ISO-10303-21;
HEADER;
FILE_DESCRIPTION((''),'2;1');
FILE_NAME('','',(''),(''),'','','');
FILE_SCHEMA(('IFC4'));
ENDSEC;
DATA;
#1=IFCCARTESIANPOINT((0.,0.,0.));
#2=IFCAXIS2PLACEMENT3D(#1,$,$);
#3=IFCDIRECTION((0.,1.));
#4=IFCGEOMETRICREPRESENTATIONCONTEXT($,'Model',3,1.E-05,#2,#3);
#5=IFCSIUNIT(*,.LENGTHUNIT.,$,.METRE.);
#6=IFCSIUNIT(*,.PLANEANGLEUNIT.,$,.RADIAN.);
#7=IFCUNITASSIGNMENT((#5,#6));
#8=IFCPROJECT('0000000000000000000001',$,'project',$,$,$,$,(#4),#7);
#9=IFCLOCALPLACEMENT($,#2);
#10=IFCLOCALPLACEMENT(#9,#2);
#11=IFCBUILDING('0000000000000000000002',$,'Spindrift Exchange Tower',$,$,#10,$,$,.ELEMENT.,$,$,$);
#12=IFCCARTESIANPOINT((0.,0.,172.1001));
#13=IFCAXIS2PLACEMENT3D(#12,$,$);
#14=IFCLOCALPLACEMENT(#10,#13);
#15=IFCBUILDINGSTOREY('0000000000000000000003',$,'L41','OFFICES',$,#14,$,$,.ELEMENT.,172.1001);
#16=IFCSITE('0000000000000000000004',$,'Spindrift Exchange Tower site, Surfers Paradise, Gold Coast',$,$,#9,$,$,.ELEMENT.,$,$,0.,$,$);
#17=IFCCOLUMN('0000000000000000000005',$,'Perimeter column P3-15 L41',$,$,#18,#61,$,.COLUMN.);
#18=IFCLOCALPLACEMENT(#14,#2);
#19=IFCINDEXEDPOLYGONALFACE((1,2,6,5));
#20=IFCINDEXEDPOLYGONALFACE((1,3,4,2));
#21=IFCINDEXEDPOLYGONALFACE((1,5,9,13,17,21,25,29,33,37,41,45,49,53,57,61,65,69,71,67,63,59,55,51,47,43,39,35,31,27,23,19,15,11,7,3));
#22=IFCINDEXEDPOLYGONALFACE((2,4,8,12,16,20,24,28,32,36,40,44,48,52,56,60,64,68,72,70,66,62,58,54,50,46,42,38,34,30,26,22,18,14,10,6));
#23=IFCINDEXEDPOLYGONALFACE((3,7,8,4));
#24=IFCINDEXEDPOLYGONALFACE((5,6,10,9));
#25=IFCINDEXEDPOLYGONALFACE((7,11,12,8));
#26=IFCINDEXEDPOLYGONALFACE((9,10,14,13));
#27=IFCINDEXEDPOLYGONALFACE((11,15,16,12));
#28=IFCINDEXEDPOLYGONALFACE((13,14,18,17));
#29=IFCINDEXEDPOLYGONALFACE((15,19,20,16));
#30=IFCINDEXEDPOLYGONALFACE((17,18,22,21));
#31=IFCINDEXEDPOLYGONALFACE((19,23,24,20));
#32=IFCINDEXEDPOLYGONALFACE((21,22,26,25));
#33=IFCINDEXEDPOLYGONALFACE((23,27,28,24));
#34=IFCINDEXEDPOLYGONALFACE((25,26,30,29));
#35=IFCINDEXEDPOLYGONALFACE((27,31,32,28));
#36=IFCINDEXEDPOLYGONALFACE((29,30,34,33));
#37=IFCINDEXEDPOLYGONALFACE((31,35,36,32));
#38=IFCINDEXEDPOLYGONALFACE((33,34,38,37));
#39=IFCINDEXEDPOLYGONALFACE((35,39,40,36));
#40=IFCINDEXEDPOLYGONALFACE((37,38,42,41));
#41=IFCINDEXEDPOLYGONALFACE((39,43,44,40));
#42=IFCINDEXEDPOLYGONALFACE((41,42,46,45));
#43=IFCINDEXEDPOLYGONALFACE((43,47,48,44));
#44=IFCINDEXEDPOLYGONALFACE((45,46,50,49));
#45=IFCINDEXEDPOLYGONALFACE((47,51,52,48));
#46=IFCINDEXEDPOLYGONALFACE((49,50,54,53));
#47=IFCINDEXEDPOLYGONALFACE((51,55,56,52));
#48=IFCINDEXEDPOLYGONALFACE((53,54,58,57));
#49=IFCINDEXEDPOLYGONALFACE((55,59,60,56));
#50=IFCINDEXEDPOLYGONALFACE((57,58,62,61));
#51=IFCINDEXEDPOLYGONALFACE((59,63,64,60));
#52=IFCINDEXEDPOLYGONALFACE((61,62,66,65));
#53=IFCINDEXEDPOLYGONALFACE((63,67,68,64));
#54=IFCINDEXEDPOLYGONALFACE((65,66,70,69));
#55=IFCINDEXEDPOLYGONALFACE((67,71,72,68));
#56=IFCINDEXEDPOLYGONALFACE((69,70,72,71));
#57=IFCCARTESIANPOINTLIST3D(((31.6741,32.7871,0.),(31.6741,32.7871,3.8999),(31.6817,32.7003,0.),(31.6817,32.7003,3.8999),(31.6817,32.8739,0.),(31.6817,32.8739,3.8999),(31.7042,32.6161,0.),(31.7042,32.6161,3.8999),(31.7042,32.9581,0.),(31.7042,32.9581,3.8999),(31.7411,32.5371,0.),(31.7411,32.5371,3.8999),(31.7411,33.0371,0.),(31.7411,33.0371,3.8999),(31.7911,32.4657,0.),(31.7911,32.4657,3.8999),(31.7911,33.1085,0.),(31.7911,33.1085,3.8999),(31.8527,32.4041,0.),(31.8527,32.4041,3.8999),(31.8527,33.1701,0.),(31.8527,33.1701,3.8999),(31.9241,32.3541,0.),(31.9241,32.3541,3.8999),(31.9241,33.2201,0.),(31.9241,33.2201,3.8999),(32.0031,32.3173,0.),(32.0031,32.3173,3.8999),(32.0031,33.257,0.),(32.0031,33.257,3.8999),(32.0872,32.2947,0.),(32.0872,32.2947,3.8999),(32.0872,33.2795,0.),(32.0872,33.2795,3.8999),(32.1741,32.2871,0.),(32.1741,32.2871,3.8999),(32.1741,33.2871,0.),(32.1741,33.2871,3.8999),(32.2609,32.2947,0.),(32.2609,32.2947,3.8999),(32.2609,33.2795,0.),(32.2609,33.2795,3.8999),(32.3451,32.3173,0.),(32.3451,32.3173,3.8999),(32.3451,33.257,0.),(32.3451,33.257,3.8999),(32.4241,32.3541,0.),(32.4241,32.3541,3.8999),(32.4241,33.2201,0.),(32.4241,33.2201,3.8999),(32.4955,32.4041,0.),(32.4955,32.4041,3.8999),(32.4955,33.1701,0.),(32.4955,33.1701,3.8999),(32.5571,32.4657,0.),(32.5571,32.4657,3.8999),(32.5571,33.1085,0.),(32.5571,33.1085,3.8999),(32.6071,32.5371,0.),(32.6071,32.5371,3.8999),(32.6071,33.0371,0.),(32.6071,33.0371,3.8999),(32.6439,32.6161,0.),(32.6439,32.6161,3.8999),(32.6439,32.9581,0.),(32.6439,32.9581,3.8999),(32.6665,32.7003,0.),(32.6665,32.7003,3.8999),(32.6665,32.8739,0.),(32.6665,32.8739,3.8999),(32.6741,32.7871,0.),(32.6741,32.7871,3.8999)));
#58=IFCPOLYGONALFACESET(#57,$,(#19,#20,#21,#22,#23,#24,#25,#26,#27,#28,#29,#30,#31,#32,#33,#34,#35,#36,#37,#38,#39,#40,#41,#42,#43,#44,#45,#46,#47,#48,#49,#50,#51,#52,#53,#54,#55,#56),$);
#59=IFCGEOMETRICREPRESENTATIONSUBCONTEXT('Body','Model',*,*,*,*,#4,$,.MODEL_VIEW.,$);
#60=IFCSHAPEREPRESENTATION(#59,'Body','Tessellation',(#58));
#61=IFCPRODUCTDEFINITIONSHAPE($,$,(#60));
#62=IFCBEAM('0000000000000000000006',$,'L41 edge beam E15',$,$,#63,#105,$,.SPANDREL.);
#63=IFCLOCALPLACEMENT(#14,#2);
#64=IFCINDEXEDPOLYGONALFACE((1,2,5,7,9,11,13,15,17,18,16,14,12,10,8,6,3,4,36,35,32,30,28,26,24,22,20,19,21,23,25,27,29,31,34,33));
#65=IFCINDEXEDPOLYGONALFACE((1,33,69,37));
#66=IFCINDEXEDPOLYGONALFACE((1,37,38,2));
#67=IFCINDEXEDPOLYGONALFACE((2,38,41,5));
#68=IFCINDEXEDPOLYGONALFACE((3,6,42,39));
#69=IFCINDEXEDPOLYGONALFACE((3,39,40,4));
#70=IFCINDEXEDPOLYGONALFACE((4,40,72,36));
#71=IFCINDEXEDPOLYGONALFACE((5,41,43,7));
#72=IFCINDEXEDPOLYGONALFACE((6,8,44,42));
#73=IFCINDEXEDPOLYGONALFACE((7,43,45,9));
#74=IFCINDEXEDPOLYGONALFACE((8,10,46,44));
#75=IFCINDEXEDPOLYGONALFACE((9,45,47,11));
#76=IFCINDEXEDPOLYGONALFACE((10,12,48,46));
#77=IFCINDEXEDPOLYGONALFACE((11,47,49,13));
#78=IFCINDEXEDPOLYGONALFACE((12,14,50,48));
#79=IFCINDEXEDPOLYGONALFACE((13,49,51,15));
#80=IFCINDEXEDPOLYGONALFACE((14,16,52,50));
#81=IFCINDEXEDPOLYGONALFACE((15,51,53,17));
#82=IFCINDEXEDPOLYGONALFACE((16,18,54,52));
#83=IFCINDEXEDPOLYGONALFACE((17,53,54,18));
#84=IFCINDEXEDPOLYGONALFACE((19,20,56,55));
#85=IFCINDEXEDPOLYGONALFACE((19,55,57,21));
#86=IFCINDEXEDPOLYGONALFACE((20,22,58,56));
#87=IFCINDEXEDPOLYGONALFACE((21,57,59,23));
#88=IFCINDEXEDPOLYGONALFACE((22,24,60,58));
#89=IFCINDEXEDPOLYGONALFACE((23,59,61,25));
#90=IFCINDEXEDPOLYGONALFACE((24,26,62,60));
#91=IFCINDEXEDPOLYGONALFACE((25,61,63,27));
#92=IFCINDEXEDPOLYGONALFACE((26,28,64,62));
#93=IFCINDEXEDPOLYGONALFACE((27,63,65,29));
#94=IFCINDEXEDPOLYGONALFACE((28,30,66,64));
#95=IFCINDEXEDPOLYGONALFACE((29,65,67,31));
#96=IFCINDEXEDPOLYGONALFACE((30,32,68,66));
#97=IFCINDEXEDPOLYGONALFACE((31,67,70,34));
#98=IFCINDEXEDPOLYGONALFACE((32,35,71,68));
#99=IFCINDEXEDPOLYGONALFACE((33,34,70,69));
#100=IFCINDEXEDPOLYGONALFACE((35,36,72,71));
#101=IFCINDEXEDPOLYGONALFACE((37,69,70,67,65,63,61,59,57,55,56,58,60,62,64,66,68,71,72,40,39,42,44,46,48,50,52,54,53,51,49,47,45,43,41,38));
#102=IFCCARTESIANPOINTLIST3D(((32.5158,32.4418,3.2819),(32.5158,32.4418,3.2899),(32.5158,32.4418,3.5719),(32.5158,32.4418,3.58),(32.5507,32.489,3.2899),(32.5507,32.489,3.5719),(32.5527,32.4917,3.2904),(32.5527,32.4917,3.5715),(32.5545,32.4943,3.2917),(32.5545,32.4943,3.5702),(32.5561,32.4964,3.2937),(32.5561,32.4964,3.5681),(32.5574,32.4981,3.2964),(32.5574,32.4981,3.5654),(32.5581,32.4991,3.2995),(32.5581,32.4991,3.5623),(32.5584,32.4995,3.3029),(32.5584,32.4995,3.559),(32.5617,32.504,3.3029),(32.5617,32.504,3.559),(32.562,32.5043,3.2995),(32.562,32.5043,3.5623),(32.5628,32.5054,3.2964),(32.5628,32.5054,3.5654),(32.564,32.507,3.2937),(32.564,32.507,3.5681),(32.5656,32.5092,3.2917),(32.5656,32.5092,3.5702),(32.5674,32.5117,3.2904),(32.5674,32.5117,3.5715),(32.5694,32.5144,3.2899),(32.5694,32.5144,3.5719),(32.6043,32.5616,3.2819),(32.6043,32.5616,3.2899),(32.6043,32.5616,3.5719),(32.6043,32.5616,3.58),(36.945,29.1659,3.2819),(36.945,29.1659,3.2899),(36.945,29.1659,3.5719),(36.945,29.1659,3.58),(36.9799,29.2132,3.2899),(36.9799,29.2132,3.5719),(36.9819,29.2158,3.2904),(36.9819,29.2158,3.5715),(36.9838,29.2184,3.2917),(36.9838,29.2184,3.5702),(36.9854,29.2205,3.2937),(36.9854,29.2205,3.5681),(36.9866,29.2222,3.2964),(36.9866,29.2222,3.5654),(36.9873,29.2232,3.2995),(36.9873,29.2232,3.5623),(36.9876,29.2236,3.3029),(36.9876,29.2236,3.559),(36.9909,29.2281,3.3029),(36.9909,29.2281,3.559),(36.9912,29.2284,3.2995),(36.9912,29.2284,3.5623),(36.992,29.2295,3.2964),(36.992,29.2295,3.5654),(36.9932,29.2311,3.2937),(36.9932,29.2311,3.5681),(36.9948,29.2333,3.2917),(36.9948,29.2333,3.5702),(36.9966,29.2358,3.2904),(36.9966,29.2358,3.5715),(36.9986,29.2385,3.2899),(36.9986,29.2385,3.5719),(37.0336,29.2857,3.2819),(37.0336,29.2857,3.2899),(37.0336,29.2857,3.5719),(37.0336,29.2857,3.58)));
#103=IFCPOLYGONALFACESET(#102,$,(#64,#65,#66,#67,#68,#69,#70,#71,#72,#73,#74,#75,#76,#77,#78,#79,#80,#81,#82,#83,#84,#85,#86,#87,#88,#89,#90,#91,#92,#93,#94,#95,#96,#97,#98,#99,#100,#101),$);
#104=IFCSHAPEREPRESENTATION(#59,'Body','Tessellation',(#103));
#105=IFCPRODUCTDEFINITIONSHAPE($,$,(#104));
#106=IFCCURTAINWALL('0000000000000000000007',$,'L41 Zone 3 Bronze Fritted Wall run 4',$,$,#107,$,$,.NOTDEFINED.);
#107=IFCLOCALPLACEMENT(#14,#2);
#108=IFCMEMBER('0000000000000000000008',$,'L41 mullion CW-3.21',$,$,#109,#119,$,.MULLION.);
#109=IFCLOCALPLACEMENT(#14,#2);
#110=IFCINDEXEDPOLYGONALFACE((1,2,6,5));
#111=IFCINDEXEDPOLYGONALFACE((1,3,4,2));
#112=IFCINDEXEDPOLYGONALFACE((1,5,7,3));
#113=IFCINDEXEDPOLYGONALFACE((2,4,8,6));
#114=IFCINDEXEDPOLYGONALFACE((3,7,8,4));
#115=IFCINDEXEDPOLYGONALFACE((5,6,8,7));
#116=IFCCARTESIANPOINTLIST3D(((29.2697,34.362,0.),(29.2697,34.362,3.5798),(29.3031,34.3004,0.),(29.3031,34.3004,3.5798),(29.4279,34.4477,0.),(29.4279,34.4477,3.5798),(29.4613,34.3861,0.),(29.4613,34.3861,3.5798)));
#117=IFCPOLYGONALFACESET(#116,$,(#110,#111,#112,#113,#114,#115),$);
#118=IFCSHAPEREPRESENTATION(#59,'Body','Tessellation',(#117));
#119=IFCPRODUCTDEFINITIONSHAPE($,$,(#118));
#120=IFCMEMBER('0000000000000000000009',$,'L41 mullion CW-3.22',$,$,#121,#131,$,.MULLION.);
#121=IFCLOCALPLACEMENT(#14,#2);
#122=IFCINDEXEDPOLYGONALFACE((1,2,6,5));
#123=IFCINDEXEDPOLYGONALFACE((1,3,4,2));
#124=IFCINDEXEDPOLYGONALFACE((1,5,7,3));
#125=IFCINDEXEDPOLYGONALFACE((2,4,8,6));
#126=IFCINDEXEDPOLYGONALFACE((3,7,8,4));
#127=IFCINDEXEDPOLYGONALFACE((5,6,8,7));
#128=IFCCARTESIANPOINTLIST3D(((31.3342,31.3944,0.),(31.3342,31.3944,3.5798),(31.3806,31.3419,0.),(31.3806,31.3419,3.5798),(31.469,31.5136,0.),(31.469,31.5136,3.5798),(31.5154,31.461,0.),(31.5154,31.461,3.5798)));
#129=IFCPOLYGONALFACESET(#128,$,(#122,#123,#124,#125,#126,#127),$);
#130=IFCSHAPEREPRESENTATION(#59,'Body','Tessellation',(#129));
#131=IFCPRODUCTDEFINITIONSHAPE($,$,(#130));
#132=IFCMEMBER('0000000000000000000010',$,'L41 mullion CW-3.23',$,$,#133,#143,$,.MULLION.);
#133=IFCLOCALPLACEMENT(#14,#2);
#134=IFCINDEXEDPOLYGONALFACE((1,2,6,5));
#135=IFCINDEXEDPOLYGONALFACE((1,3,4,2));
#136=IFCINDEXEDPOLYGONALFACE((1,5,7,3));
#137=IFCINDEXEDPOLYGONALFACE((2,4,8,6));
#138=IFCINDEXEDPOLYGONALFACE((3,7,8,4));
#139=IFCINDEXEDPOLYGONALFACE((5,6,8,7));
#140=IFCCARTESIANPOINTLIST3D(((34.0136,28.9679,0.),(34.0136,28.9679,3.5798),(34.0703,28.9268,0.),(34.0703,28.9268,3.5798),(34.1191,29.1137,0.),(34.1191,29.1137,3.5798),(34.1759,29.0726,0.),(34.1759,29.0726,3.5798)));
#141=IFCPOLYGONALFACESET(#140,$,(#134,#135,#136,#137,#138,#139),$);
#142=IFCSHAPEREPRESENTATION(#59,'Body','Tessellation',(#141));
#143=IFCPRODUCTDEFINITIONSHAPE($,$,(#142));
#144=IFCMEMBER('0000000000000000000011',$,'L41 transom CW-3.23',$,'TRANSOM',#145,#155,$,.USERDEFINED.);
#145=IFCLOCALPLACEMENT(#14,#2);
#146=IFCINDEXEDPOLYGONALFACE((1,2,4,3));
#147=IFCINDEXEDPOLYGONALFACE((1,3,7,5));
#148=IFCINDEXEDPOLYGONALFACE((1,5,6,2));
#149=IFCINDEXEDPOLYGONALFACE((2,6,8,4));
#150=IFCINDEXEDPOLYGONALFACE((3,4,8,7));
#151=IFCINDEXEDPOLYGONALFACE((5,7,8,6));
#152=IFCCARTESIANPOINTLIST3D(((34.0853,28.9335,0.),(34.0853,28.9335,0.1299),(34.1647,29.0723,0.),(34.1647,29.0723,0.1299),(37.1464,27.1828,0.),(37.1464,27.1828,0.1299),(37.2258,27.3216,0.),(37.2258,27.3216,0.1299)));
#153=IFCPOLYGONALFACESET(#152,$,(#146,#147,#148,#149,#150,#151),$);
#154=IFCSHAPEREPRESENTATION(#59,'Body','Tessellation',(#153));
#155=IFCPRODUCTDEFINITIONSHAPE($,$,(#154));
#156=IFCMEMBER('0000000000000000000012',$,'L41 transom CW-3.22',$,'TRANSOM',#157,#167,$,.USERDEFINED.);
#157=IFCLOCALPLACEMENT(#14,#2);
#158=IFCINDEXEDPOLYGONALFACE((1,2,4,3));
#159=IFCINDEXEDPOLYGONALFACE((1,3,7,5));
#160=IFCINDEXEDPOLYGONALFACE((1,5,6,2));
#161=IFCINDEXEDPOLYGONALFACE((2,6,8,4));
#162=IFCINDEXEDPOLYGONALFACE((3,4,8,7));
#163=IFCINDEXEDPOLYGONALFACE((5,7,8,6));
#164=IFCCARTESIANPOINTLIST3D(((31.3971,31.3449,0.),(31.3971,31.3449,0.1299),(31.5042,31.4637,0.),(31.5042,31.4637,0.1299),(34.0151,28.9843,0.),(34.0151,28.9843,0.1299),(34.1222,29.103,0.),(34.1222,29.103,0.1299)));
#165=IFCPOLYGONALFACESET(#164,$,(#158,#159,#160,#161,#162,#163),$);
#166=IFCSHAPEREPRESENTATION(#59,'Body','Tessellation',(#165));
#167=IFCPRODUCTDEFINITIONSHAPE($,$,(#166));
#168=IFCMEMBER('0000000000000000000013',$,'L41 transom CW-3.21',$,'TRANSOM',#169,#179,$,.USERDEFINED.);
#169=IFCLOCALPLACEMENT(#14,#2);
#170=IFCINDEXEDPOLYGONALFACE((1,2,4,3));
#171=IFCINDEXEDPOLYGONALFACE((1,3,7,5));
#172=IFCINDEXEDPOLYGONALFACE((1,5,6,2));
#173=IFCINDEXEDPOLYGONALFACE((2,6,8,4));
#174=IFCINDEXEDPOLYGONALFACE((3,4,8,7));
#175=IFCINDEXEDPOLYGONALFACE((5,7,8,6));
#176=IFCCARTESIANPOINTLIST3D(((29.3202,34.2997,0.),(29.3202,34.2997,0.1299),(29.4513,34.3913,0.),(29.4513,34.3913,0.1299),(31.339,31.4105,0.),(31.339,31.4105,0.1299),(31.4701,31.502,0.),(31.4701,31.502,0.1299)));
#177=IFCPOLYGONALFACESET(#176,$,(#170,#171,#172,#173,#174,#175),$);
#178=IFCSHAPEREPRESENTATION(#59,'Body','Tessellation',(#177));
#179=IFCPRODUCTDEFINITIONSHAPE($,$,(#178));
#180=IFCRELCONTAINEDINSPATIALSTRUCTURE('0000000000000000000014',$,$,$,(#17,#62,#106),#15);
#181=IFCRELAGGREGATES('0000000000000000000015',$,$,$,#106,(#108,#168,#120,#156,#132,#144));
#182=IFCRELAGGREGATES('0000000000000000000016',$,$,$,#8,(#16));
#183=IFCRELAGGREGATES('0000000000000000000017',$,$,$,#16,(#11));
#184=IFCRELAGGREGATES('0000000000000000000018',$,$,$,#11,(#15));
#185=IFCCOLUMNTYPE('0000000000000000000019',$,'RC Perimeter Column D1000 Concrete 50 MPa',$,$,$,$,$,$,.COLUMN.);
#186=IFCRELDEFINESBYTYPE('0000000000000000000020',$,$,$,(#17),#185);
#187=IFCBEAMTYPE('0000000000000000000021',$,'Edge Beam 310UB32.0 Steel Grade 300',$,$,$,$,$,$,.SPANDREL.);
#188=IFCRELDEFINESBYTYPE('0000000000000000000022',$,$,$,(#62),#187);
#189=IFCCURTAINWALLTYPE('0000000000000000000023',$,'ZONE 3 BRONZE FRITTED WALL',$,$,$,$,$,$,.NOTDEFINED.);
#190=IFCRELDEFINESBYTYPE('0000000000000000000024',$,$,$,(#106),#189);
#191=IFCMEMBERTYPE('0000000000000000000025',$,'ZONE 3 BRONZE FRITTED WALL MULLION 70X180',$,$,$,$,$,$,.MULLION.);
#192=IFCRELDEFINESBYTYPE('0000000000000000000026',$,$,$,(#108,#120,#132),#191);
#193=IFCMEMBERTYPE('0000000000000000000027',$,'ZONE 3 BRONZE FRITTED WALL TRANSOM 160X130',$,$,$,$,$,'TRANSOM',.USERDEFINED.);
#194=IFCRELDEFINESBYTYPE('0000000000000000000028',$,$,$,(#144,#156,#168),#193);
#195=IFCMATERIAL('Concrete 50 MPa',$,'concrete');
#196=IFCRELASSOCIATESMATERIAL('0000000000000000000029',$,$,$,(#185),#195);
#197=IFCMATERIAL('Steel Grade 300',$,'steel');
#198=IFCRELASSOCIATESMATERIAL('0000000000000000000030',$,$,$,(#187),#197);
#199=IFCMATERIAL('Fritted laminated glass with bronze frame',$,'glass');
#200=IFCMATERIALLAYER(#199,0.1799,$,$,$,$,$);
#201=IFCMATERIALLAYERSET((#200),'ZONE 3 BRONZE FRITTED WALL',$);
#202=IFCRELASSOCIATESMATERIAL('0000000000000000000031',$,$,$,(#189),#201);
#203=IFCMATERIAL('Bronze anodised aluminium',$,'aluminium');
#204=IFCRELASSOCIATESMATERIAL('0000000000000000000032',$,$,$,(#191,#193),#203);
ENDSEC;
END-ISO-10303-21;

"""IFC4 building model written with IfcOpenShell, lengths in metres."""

from ifc_helpers import new_model, si_unit, direction, frame, origin, origin_2d, place, context, subcontext, project, spatial, rectangle, circle, i_section, extrude, source, transform, mapped, material, layer, layer_set, material_profile, profile_set, type_object, element, aggregate, save


model = new_model("IFC4")

# Units and contexts
model_context = context("Model", 3, precision=1e-05, world=origin(), true_north=direction((0.0, 1.0)))
body_context = subcontext(model_context, "Body", "Model", "MODEL_VIEW")
ifc_project = project(units=[si_unit("LENGTHUNIT", "METRE"), si_unit("PLANEANGLEUNIT", "RADIAN")], contexts=[model_context])

# Site, building, storey
site_placement = place(None, origin())
site = spatial("IfcSite", under=ifc_project, at=site_placement, Name="Spindrift Exchange Tower site, Surfers Paradise, Gold Coast", CompositionType="ELEMENT", RefElevation=0.0)
building_placement = place(site_placement, origin())
building = spatial("IfcBuilding", under=site, at=building_placement, Name="Spindrift Exchange Tower", CompositionType="ELEMENT")
storey_placement = place(building_placement, frame((0.0, 0.0, 172.1001)))
storey = spatial("IfcBuildingStorey", under=building, at=storey_placement, Name="L41", Description="OFFICES", CompositionType="ELEMENT", Elevation=172.1001)

# Column
ifc_material_1 = material(Name="Concrete 50 MPa", Category="concrete")
ifc_material_profile_1 = material_profile(ifc_material_1, circle(Radius=0.5, at=origin_2d()), Name="RC D1000")
ifc_profile_set_1 = profile_set([ifc_material_profile_1], Name="Concrete 50 MPa")
column_type = type_object("IfcColumnType", Name="RC Perimeter Column D1000 Concrete 50 MPa", PredefinedType="COLUMN", material=ifc_profile_set_1)
shared_shape_1 = source(origin(), body_context, "Body", "SweptSolid", [
    extrude(circle(Radius=0.5, at=origin_2d()), origin(), (0.0, 0.0, 1.0), 3.8999),
])
column_placement = place(storey_placement, frame((32.1741, 32.7871, 0.0), z_axis=(0.0, 0.0, 1.0), x_axis=(1.0, 0.0, 0.0)))
element("IfcColumn", 1, at=column_placement, inside=storey, type_object=column_type, Name="Perimeter column P3-15 L41", PredefinedType="COLUMN", context=body_context, shape_type="MappedRepresentation", body=[
    mapped(shared_shape_1, transform((0.0, 0.0, 0.0), scale=1.0)),
])

# Beam
ifc_material_2 = material(Name="Steel Grade 300", Category="steel")
ifc_material_profile_2 = material_profile(ifc_material_2, i_section(OverallWidth=0.1489, OverallDepth=0.2981, WebThickness=0.0056, FlangeThickness=0.0081, FilletRadius=0.0129, at=origin_2d()), Name="310UB32.0")
ifc_profile_set_2 = profile_set([ifc_material_profile_2], Name="Steel Grade 300")
beam_type = type_object("IfcBeamType", Name="Edge Beam 310UB32.0 Steel Grade 300", PredefinedType="SPANDREL", material=ifc_profile_set_2)
shared_shape_2 = source(origin(), body_context, "Body", "SweptSolid", [
    extrude(i_section(OverallWidth=0.1489, OverallDepth=0.2981, WebThickness=0.0056, FlangeThickness=0.0081, FilletRadius=0.0129, at=origin_2d()), origin(), (0.0, 0.0, 1.0), 5.509),
])
beam_placement = place(storey_placement, frame((32.5601, 32.5017, 3.4309), z_axis=(0.803992, -0.59464, 0.0), x_axis=(0.59464, 0.803992, 0.0)))
element("IfcBeam", 2, at=beam_placement, inside=storey, type_object=beam_type, Name="L41 edge beam E15", PredefinedType="SPANDREL", context=body_context, shape_type="MappedRepresentation", body=[
    mapped(shared_shape_2, transform((0.0, 0.0, 0.0), scale=1.0)),
])

# Curtain wall, members
ifc_material_3 = material(Name="Fritted laminated glass with bronze frame", Category="glass")
ifc_layer_1 = layer(ifc_material_3, 0.1799)
ifc_layer_set_1 = layer_set([ifc_layer_1], Name="ZONE 3 BRONZE FRITTED WALL")
curtain_wall_type = type_object("IfcCurtainWallType", Name="ZONE 3 BRONZE FRITTED WALL", PredefinedType="NOTDEFINED", material=ifc_layer_set_1)
curtain_wall_placement = place(storey_placement, origin())
curtain_wall = element("IfcCurtainWall", 3, at=curtain_wall_placement, inside=storey, type_object=curtain_wall_type, Name="L41 Zone 3 Bronze Fritted Wall run 4", PredefinedType="NOTDEFINED")
ifc_material_4 = material(Name="Bronze anodised aluminium", Category="aluminium")
ifc_material_profile_3 = material_profile(ifc_material_4, rectangle(XDim=0.0701, YDim=0.1799, at=origin_2d()), Name="ZONE 3 BRONZE FRITTED WALL MULLION 70X180")
ifc_profile_set_3 = profile_set([ifc_material_profile_3], Name="Bronze anodised aluminium")
member_type_1 = type_object("IfcMemberType", Name="ZONE 3 BRONZE FRITTED WALL MULLION 70X180", PredefinedType="MULLION", material=ifc_profile_set_3)
shared_shape_3 = source(origin(), body_context, "Body", "SweptSolid", [
    extrude(rectangle(XDim=0.0701, YDim=0.1799, at=origin_2d()), origin(), (0.0, 0.0, 1.0), 3.5798),
])
member_1_placement = place(storey_placement, frame((29.3655, 34.374, 0.0), z_axis=(0.0, 0.0, 1.0), x_axis=(0.476278, -0.879295, 0.0)))
member_1 = element("IfcMember", 4, at=member_1_placement, type_object=member_type_1, Name="L41 mullion CW-3.21", PredefinedType="MULLION", context=body_context, shape_type="MappedRepresentation", body=[
    mapped(shared_shape_3, transform((0.0, 0.0, 0.0), scale=1.0)),
])
member_2_placement = place(storey_placement, frame((31.4248, 31.4277, 0.0), z_axis=(0.0, 0.0, 1.0), x_axis=(0.662022, -0.749484, 0.0)))
member_2 = element("IfcMember", 5, at=member_2_placement, type_object=member_type_1, Name="L41 mullion CW-3.22", PredefinedType="MULLION", context=body_context, shape_type="MappedRepresentation", body=[
    mapped(shared_shape_3, transform((0.0, 0.0, 0.0), scale=1.0)),
])
member_3_placement = place(storey_placement, frame((34.0947, 29.0203, 0.0), z_axis=(0.0, 0.0, 1.0), x_axis=(0.810008, -0.586419, 0.0)))
member_3 = element("IfcMember", 6, at=member_3_placement, type_object=member_type_1, Name="L41 mullion CW-3.23", PredefinedType="MULLION", context=body_context, shape_type="MappedRepresentation", body=[
    mapped(shared_shape_3, transform((0.0, 0.0, 0.0), scale=1.0)),
])
ifc_material_profile_4 = material_profile(ifc_material_4, rectangle(XDim=0.1599, YDim=0.1299, at=origin_2d()), Name="ZONE 3 BRONZE FRITTED WALL TRANSOM 160X130")
ifc_profile_set_4 = profile_set([ifc_material_profile_4], Name="Bronze anodised aluminium")
member_type_2 = type_object("IfcMemberType", Name="ZONE 3 BRONZE FRITTED WALL TRANSOM 160X130", ElementType="TRANSOM", PredefinedType="USERDEFINED", material=ifc_profile_set_4)
shared_shape_4 = source(origin(), body_context, "Body", "SweptSolid", [
    extrude(rectangle(XDim=0.1599, YDim=0.1299, at=origin_2d()), origin(), (0.0, 0.0, 1.0), 3.5264),
])
member_4_placement = place(storey_placement, frame((34.125, 29.0029, 0.0649), z_axis=(0.868051, -0.496474, 0.0), x_axis=(0.496474, 0.868051, 0.0)))
member_4 = element("IfcMember", 7, at=member_4_placement, type_object=member_type_2, Name="L41 transom CW-3.23", ObjectType="TRANSOM", PredefinedType="USERDEFINED", context=body_context, shape_type="MappedRepresentation", body=[
    mapped(shared_shape_4, transform((0.0, 0.0, 0.0), scale=1.0)),
])
shared_shape_5 = source(origin(), body_context, "Body", "SweptSolid", [
    extrude(rectangle(XDim=0.1599, YDim=0.1299, at=origin_2d()), origin(), (0.0, 0.0, 1.0), 3.5251),
])
member_5_placement = place(storey_placement, frame((31.4507, 31.4043, 0.0649), z_axis=(0.742664, -0.669665, 0.0), x_axis=(0.669665, 0.742664, 0.0)))
member_5 = element("IfcMember", 8, at=member_5_placement, type_object=member_type_2, Name="L41 transom CW-3.22", ObjectType="TRANSOM", PredefinedType="USERDEFINED", context=body_context, shape_type="MappedRepresentation", body=[
    mapped(shared_shape_5, transform((0.0, 0.0, 0.0), scale=1.0)),
])
shared_shape_6 = source(origin(), body_context, "Body", "SweptSolid", [
    extrude(rectangle(XDim=0.1599, YDim=0.1299, at=origin_2d()), origin(), (0.0, 0.0, 1.0), 3.5247),
])
member_6_placement = place(storey_placement, frame((29.3857, 34.3455, 0.0649), z_axis=(0.572774, -0.819713, 0.0), x_axis=(0.819713, 0.572774, 0.0)))
member_6 = element("IfcMember", 9, at=member_6_placement, type_object=member_type_2, Name="L41 transom CW-3.21", ObjectType="TRANSOM", PredefinedType="USERDEFINED", context=body_context, shape_type="MappedRepresentation", body=[
    mapped(shared_shape_6, transform((0.0, 0.0, 0.0), scale=1.0)),
])

aggregate(curtain_wall, [member_1, member_6, member_2, member_5, member_3, member_4])

save(model, "model.ifc")
